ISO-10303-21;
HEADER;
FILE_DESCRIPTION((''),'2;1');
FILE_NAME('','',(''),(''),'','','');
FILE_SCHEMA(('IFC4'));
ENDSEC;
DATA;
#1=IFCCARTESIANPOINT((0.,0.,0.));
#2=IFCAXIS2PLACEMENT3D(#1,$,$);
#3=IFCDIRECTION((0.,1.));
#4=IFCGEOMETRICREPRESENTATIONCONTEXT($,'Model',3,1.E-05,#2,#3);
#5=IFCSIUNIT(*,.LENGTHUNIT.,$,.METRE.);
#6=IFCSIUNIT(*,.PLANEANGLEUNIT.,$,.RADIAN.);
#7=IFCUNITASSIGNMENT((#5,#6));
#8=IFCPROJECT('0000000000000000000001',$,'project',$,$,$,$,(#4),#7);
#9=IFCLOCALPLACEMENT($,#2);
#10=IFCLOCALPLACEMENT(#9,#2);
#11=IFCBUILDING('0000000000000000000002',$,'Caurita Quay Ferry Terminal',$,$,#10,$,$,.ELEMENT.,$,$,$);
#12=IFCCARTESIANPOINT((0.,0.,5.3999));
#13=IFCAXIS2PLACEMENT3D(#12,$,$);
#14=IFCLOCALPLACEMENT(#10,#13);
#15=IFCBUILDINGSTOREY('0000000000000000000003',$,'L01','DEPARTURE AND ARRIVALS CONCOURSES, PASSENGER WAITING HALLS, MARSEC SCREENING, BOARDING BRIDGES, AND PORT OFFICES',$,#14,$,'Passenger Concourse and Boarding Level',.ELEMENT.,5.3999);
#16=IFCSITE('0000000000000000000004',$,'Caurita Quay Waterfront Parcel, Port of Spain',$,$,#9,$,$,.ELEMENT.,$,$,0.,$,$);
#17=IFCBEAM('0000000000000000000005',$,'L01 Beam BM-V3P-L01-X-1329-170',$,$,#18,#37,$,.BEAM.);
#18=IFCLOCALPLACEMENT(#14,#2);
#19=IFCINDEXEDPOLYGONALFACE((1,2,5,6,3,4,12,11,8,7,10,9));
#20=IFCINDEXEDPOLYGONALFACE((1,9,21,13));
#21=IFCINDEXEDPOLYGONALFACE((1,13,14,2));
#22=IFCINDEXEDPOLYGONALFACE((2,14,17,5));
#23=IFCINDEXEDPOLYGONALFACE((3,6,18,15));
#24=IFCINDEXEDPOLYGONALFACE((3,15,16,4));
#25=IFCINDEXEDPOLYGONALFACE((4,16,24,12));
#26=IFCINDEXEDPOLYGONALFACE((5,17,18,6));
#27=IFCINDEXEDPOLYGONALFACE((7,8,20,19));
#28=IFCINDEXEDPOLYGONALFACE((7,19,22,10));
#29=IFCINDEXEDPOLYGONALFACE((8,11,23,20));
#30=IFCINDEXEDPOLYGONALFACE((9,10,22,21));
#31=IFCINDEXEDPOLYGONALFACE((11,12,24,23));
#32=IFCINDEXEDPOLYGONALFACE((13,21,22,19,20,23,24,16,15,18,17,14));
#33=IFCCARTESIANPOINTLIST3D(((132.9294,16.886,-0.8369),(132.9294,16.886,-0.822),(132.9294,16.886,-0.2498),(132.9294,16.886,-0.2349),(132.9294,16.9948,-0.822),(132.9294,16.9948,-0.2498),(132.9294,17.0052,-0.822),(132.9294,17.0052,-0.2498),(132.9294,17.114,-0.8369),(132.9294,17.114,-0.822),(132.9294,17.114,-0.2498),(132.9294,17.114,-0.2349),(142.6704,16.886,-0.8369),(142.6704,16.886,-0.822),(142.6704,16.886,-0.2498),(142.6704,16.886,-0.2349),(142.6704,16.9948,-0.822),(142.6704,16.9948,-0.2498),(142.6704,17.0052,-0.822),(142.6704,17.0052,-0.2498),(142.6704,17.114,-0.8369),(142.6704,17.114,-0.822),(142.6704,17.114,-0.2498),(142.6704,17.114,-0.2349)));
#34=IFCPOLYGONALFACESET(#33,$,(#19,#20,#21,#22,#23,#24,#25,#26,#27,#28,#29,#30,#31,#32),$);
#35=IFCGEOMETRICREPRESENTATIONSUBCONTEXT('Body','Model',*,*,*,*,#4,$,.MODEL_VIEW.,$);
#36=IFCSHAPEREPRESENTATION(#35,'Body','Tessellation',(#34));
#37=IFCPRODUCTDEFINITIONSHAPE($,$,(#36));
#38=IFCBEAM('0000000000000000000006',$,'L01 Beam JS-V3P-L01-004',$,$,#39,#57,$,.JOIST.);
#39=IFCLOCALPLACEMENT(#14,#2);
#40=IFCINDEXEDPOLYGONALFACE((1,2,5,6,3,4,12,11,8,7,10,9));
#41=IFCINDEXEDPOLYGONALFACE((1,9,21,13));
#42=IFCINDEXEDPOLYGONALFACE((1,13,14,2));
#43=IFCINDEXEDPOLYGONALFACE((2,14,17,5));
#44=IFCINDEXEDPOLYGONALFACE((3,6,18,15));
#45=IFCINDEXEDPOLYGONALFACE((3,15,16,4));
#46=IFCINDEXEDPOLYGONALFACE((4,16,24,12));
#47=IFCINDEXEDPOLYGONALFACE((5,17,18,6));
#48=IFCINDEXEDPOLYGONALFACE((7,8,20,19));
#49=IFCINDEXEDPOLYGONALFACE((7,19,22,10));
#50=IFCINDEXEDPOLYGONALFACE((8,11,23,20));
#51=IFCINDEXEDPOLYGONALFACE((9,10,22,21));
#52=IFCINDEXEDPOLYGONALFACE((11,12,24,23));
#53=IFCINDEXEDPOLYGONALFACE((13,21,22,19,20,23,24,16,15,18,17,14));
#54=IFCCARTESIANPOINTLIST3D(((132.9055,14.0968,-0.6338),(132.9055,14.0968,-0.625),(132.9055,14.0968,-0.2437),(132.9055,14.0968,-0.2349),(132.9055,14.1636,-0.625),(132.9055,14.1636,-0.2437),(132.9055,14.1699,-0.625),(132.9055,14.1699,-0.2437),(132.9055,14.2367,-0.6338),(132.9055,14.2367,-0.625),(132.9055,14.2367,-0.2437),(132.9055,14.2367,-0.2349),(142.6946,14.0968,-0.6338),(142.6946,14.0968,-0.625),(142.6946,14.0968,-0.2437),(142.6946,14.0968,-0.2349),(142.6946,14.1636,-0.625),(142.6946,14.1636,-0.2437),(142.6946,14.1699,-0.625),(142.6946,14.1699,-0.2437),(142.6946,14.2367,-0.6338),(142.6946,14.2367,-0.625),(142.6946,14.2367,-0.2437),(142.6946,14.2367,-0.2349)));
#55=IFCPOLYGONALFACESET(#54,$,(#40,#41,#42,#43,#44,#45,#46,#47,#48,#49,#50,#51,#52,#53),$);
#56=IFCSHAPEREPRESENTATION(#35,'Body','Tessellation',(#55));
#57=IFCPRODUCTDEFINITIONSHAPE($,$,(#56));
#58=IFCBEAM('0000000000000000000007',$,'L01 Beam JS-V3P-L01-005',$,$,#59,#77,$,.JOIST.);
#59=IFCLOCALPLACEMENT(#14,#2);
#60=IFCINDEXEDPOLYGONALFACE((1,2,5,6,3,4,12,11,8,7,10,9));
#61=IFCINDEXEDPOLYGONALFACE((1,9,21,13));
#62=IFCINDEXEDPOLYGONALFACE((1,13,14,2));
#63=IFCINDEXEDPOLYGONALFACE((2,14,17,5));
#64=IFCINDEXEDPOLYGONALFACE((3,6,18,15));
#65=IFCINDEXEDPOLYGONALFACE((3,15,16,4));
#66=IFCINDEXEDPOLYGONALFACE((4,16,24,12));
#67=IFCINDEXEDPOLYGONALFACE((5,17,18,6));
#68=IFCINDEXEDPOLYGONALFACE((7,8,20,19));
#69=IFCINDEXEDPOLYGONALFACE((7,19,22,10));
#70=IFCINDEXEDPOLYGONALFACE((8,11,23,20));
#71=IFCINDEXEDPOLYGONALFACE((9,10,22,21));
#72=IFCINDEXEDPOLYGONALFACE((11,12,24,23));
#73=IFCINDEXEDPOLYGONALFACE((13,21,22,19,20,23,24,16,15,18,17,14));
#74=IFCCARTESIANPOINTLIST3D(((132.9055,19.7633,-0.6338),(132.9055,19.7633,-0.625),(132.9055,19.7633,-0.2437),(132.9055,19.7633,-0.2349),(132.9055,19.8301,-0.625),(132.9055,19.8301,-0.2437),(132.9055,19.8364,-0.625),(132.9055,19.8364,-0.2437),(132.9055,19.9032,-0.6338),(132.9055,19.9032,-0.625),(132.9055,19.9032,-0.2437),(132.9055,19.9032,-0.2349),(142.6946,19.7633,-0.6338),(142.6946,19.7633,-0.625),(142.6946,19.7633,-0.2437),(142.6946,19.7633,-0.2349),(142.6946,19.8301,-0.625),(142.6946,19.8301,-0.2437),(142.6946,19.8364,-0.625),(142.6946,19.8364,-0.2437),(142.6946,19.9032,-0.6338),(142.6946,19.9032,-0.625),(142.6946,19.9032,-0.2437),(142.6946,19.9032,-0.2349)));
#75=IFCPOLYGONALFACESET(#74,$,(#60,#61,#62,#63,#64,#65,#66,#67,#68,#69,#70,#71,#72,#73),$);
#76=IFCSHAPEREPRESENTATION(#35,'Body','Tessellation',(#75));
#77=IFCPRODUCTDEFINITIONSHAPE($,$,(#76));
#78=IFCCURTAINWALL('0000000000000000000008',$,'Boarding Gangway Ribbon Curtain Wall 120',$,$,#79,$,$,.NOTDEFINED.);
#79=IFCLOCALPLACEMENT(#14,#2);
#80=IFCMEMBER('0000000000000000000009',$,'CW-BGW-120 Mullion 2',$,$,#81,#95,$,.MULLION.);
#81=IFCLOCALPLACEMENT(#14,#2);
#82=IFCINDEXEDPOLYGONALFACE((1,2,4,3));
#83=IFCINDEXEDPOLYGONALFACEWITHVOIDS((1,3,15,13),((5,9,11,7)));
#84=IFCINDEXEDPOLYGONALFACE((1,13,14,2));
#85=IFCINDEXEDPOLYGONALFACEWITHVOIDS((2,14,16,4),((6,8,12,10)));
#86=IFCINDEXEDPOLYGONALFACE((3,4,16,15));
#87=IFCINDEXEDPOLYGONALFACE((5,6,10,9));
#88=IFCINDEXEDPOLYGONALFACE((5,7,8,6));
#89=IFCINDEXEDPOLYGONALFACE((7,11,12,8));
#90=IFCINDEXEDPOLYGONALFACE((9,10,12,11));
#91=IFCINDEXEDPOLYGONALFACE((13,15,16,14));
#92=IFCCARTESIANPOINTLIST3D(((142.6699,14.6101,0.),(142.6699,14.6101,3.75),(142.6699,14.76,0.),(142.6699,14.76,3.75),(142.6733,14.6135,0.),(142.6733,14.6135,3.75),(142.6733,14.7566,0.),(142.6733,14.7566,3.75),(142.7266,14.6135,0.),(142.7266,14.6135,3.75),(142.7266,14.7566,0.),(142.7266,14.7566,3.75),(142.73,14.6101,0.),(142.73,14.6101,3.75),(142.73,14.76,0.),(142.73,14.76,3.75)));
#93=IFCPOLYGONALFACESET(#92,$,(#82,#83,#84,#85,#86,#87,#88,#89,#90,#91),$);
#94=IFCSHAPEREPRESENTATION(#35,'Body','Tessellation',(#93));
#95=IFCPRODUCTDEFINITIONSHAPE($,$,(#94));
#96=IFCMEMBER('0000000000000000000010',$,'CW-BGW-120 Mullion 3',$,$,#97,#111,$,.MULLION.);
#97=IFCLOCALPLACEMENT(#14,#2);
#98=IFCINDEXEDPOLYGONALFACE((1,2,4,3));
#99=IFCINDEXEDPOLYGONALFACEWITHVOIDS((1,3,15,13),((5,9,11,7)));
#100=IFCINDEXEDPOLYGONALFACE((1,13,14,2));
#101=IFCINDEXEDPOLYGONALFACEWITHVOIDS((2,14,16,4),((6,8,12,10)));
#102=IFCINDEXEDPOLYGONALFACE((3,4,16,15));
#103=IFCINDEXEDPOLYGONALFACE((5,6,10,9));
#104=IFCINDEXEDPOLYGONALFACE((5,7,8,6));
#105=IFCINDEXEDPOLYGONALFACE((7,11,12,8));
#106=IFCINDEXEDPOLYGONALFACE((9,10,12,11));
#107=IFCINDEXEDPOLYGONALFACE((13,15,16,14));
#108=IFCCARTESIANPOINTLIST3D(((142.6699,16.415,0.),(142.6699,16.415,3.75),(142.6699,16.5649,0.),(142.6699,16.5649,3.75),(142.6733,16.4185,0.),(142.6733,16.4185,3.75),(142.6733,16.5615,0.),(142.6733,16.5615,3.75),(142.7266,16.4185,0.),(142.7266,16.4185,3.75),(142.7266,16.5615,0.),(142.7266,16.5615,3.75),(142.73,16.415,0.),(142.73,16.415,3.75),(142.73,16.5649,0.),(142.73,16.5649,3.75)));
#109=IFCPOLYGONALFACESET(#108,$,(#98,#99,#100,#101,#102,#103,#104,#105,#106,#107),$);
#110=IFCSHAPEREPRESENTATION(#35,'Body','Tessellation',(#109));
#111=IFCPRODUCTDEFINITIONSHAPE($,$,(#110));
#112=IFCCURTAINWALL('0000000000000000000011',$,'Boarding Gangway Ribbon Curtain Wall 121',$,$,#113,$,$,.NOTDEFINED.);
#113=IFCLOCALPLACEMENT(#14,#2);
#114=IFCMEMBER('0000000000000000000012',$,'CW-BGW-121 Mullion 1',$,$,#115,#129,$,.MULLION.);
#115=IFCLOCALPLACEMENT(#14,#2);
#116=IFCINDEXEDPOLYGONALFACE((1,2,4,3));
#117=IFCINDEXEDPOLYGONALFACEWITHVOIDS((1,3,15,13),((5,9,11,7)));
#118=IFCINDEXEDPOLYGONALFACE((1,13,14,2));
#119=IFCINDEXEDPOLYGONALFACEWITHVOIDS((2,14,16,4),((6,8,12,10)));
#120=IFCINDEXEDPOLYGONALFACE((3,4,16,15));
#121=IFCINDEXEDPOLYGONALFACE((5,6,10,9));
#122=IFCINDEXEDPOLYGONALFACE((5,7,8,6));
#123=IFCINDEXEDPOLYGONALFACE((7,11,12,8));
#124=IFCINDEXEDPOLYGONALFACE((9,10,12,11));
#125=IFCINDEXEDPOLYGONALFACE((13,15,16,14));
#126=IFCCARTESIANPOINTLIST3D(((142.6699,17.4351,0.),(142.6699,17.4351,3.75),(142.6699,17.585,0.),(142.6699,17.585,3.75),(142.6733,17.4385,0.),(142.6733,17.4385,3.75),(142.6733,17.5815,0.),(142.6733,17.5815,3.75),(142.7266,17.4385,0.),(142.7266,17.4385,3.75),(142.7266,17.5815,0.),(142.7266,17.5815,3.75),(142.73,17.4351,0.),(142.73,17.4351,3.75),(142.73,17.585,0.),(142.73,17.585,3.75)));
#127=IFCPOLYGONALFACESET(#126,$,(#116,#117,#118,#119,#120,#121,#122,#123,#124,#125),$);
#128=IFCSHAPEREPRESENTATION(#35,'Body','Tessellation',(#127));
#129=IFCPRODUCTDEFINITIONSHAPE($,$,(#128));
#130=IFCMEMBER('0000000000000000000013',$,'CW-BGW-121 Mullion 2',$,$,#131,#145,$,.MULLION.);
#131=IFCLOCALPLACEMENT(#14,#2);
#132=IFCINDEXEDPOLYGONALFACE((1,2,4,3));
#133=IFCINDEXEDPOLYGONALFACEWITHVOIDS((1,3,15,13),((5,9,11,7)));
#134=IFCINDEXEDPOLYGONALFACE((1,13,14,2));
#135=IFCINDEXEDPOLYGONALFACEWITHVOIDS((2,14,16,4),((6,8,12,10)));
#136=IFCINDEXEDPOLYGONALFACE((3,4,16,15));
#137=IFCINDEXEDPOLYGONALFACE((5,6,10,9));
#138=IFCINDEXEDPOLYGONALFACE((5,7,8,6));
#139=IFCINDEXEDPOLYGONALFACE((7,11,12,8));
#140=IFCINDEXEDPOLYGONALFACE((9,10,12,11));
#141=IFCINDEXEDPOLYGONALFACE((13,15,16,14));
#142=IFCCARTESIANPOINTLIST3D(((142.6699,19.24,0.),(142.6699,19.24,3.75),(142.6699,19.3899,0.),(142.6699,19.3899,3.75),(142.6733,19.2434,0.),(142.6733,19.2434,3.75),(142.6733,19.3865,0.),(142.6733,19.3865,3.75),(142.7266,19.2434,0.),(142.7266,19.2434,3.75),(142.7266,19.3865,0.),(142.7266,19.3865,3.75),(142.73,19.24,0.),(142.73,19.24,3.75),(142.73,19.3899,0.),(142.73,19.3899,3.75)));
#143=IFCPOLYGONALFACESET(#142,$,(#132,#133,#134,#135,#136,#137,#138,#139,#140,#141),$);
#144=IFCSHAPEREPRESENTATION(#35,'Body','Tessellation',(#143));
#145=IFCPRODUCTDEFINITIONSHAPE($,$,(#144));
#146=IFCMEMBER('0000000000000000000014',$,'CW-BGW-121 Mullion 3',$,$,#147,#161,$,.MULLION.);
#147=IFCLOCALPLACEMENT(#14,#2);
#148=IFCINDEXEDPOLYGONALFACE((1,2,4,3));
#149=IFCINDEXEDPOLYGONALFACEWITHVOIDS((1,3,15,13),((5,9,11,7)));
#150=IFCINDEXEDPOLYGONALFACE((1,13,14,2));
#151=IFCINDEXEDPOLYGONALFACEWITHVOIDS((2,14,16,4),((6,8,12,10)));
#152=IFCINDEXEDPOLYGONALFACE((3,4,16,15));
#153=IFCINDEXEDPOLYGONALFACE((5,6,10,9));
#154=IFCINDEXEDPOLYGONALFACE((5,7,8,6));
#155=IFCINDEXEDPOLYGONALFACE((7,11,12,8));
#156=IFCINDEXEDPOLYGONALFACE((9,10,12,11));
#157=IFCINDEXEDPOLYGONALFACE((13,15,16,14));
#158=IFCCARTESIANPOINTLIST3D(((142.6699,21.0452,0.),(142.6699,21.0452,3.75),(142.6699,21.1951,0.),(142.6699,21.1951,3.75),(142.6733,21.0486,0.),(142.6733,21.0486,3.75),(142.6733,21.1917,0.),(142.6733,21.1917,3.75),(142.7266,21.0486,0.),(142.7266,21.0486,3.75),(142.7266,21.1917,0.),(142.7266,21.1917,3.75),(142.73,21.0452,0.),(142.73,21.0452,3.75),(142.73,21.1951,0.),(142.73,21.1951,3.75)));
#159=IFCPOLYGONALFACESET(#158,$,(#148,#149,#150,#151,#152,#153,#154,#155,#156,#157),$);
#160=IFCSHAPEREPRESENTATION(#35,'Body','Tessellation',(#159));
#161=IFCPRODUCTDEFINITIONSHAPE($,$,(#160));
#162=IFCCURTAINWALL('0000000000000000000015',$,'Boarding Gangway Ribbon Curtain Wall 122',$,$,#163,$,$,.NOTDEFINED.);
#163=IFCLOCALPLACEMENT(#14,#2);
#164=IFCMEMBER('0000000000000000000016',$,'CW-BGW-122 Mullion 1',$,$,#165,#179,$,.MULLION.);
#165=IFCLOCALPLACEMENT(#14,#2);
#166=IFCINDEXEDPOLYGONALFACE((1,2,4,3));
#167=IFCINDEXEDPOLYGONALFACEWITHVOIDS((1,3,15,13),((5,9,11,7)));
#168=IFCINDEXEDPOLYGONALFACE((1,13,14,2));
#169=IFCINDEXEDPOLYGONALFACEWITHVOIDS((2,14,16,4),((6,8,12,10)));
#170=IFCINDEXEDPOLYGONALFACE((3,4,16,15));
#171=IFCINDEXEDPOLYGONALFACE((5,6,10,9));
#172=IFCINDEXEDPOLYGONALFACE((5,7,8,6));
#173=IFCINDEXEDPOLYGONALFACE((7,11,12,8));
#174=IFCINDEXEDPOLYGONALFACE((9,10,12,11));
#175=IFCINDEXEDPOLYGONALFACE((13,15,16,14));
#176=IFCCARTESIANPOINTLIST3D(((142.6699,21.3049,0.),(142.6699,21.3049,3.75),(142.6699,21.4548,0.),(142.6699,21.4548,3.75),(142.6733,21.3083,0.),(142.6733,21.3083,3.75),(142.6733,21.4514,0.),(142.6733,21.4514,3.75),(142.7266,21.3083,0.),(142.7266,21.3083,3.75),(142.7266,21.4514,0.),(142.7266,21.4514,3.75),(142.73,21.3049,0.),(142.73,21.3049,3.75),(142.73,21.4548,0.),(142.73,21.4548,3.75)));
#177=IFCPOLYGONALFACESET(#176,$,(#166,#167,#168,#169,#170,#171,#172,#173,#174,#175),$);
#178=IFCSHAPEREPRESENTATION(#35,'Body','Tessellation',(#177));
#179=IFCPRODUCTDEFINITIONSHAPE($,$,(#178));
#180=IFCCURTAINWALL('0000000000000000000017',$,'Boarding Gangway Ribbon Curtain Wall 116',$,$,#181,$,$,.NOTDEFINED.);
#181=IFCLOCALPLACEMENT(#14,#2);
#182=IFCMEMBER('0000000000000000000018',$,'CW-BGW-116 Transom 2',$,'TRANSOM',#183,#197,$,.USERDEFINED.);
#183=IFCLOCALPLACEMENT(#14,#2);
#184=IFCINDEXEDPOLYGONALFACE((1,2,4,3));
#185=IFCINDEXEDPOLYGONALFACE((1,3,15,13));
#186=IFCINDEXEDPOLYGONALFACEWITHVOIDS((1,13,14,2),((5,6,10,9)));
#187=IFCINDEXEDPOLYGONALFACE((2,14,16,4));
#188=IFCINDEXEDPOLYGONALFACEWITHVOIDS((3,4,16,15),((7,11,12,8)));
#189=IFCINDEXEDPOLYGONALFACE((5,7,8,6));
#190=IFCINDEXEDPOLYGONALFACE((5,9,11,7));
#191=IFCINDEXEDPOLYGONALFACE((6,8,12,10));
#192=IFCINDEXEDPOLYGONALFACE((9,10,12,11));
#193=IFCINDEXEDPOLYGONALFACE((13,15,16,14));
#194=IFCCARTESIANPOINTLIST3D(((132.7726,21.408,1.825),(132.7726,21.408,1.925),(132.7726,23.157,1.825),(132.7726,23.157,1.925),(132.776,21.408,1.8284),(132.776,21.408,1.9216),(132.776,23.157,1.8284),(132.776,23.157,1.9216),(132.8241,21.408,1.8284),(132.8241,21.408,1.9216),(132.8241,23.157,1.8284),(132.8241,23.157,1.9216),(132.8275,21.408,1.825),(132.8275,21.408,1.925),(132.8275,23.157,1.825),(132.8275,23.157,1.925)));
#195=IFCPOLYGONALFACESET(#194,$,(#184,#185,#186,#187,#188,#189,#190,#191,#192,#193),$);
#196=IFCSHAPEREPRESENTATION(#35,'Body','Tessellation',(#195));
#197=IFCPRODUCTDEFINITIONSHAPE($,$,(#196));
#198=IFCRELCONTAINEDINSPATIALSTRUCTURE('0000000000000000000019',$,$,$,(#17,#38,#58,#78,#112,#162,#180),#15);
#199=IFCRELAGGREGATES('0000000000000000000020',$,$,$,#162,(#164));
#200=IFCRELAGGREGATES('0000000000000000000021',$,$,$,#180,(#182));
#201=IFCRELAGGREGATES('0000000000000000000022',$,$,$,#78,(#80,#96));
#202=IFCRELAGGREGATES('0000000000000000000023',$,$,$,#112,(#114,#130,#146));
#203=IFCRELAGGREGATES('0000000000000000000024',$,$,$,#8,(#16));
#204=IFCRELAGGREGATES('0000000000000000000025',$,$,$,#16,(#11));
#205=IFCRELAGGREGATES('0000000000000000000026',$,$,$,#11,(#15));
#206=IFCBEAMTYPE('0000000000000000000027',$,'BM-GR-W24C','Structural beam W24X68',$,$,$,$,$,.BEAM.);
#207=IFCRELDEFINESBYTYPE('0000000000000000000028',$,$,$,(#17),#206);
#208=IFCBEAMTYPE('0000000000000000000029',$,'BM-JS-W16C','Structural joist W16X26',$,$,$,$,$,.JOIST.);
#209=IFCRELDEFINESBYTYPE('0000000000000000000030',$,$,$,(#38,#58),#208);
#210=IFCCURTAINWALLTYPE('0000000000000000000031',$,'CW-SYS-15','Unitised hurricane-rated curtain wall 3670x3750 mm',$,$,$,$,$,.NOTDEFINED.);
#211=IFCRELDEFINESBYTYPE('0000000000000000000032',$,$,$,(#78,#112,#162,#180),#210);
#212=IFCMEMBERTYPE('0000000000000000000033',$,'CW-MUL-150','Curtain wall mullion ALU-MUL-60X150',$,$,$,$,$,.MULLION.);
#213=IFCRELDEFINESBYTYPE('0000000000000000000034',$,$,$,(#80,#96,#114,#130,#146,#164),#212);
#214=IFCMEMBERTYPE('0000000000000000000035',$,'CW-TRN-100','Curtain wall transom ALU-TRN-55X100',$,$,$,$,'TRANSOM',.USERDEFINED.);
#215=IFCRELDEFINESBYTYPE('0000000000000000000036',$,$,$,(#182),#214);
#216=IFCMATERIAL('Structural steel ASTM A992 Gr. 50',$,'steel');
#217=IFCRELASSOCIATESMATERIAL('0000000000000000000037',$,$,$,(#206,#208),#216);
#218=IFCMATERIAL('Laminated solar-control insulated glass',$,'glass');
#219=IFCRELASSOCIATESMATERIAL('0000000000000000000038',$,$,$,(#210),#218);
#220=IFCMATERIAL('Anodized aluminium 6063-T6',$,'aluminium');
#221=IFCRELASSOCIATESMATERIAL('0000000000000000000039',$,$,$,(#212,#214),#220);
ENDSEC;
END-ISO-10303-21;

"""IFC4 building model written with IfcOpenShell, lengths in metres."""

from ifc_helpers import new_model, si_unit, direction, frame, origin, origin_2d, place, context, subcontext, project, spatial, hollow_rectangle, i_section, extrude, material, material_profile, profile_set, type_object, element, aggregate, save


model = new_model("IFC4")

# Units and contexts
model_context = context("Model", 3, precision=1e-05, world=origin(), true_north=direction((0.0, 1.0)))
body_context = subcontext(model_context, "Body", "Model", "MODEL_VIEW")
ifc_project = project(units=[si_unit("LENGTHUNIT", "METRE"), si_unit("PLANEANGLEUNIT", "RADIAN")], contexts=[model_context])

# Site, building, storey
site_placement = place(None, origin())
site = spatial("IfcSite", under=ifc_project, at=site_placement, Name="Caurita Quay Waterfront Parcel, Port of Spain", CompositionType="ELEMENT", RefElevation=0.0)
building_placement = place(site_placement, origin())
building = spatial("IfcBuilding", under=site, at=building_placement, Name="Caurita Quay Ferry Terminal", CompositionType="ELEMENT")
storey_placement = place(building_placement, frame((0.0, 0.0, 5.3999)))
storey = spatial("IfcBuildingStorey", under=building, at=storey_placement, Name="L01", Description="DEPARTURE AND ARRIVALS CONCOURSES, PASSENGER WAITING HALLS, MARSEC SCREENING, BOARDING BRIDGES, AND PORT OFFICES", LongName="Passenger Concourse and Boarding Level", CompositionType="ELEMENT", Elevation=5.3999)

# Beams
ifc_material_1 = material(Name="Structural steel ASTM A992 Gr. 50", Category="steel")
ifc_material_profile_1 = material_profile(ifc_material_1, i_section(OverallWidth=0.228, OverallDepth=0.6021, WebThickness=0.0105, FlangeThickness=0.0149, at=origin_2d()), Name="W24X68")
ifc_profile_set_1 = profile_set([ifc_material_profile_1], Name="Structural steel ASTM A992 Gr. 50")
beam_type_1 = type_object("IfcBeamType", Name="BM-GR-W24C", Description="Structural beam W24X68", PredefinedType="BEAM", material=ifc_profile_set_1)
beam_placement = place(storey_placement, frame((132.9294, 17.0, -0.5359), z_axis=(1.0, 0.0, 0.0), x_axis=(0.0, 1.0, 0.0)))
element("IfcBeam", 1, at=beam_placement, inside=storey, type_object=beam_type_1, Name="L01 Beam BM-V3P-L01-X-1329-170", PredefinedType="BEAM", context=body_context, shape_type="SweptSolid", body=[
    extrude(i_section(OverallWidth=0.228, OverallDepth=0.6021, WebThickness=0.0105, FlangeThickness=0.0149, at=origin_2d()), origin(), (0.0, 0.0, 1.0), 9.741),
])
ifc_material_profile_2 = material_profile(ifc_material_1, i_section(OverallWidth=0.1399, OverallDepth=0.3989, WebThickness=0.0063, FlangeThickness=0.0088, at=origin_2d()), Name="W16X26")
ifc_profile_set_2 = profile_set([ifc_material_profile_2], Name="Structural steel ASTM A992 Gr. 50")
beam_type_2 = type_object("IfcBeamType", Name="BM-JS-W16C", Description="Structural joist W16X26", PredefinedType="JOIST", material=ifc_profile_set_2)
for number, where, z_axis, x_axis, name in (
    (2, (132.9055, 14.1667, -0.4343), (1.0, 0.0, 0.0), (0.0, 1.0, 0.0), "L01 Beam JS-V3P-L01-004"),
    (3, (132.9055, 19.8333, -0.4343), (1.0, 0.0, 0.0), (0.0, 1.0, 0.0), "L01 Beam JS-V3P-L01-005"),
):
    element("IfcBeam", number, at=place(storey_placement, frame(where, z_axis=z_axis, x_axis=x_axis)), inside=storey, type_object=beam_type_2, Name=name, PredefinedType="JOIST", context=body_context, shape_type="SweptSolid", body=[
        extrude(i_section(OverallWidth=0.1399, OverallDepth=0.3989, WebThickness=0.0063, FlangeThickness=0.0088, at=origin_2d()), origin(), (0.0, 0.0, 1.0), 9.7891),
    ])

# Curtain walls, members
ifc_material_2 = material(Name="Laminated solar-control insulated glass", Category="glass")
curtain_wall_type = type_object("IfcCurtainWallType", Name="CW-SYS-15", Description="Unitised hurricane-rated curtain wall 3670x3750 mm", PredefinedType="NOTDEFINED", material=ifc_material_2)
curtain_wall_1_placement = place(storey_placement, origin())
curtain_wall_1 = element("IfcCurtainWall", 4, at=curtain_wall_1_placement, inside=storey, type_object=curtain_wall_type, Name="Boarding Gangway Ribbon Curtain Wall 120", PredefinedType="NOTDEFINED")
ifc_material_3 = material(Name="Anodized aluminium 6063-T6", Category="aluminium")
ifc_material_profile_3 = material_profile(ifc_material_3, hollow_rectangle(XDim=0.0601, YDim=0.1499, WallThickness=0.0034, at=origin_2d()), Name="ALU-MUL-60X150")
ifc_profile_set_3 = profile_set([ifc_material_profile_3], Name="Anodized aluminium 6063-T6")
member_type_1 = type_object("IfcMemberType", Name="CW-MUL-150", Description="Curtain wall mullion ALU-MUL-60X150", PredefinedType="MULLION", material=ifc_profile_set_3)
member_1_placement = place(storey_placement, frame((142.7, 14.6851, 0.0), z_axis=(0.0, 0.0, 1.0), x_axis=(-1.0, 0.0, 0.0)))
member_1 = element("IfcMember", 5, at=member_1_placement, type_object=member_type_1, Name="CW-BGW-120 Mullion 2", PredefinedType="MULLION", context=body_context, shape_type="SweptSolid", body=[
    extrude(hollow_rectangle(XDim=0.0601, YDim=0.1499, WallThickness=0.0034, at=origin_2d()), origin(), (0.0, 0.0, 1.0), 3.75),
])
member_2_placement = place(storey_placement, frame((142.7, 16.49, 0.0), z_axis=(0.0, 0.0, 1.0), x_axis=(-1.0, 0.0, 0.0)))
member_2 = element("IfcMember", 6, at=member_2_placement, type_object=member_type_1, Name="CW-BGW-120 Mullion 3", PredefinedType="MULLION", context=body_context, shape_type="SweptSolid", body=[
    extrude(hollow_rectangle(XDim=0.0601, YDim=0.1499, WallThickness=0.0034, at=origin_2d()), origin(), (0.0, 0.0, 1.0), 3.75),
])
curtain_wall_2_placement = place(storey_placement, origin())
curtain_wall_2 = element("IfcCurtainWall", 7, at=curtain_wall_2_placement, inside=storey, type_object=curtain_wall_type, Name="Boarding Gangway Ribbon Curtain Wall 121", PredefinedType="NOTDEFINED")
member_3_placement = place(storey_placement, frame((142.7, 17.51, 0.0), z_axis=(0.0, 0.0, 1.0), x_axis=(-1.0, 0.0, 0.0)))
member_3 = element("IfcMember", 8, at=member_3_placement, type_object=member_type_1, Name="CW-BGW-121 Mullion 1", PredefinedType="MULLION", context=body_context, shape_type="SweptSolid", body=[
    extrude(hollow_rectangle(XDim=0.0601, YDim=0.1499, WallThickness=0.0034, at=origin_2d()), origin(), (0.0, 0.0, 1.0), 3.75),
])
member_4_placement = place(storey_placement, frame((142.7, 19.3149, 0.0), z_axis=(0.0, 0.0, 1.0), x_axis=(-1.0, 0.0, 0.0)))
member_4 = element("IfcMember", 9, at=member_4_placement, type_object=member_type_1, Name="CW-BGW-121 Mullion 2", PredefinedType="MULLION", context=body_context, shape_type="SweptSolid", body=[
    extrude(hollow_rectangle(XDim=0.0601, YDim=0.1499, WallThickness=0.0034, at=origin_2d()), origin(), (0.0, 0.0, 1.0), 3.75),
])
member_5_placement = place(storey_placement, frame((142.7, 21.1201, 0.0), z_axis=(0.0, 0.0, 1.0), x_axis=(-1.0, 0.0, 0.0)))
member_5 = element("IfcMember", 10, at=member_5_placement, type_object=member_type_1, Name="CW-BGW-121 Mullion 3", PredefinedType="MULLION", context=body_context, shape_type="SweptSolid", body=[
    extrude(hollow_rectangle(XDim=0.0601, YDim=0.1499, WallThickness=0.0034, at=origin_2d()), origin(), (0.0, 0.0, 1.0), 3.75),
])

# Curtain walls, members
curtain_wall_3_placement = place(storey_placement, origin())
curtain_wall_3 = element("IfcCurtainWall", 11, at=curtain_wall_3_placement, inside=storey, type_object=curtain_wall_type, Name="Boarding Gangway Ribbon Curtain Wall 122", PredefinedType="NOTDEFINED")
member_6_placement = place(storey_placement, frame((142.7, 21.3799, 0.0), z_axis=(0.0, 0.0, 1.0), x_axis=(-1.0, 0.0, 0.0)))
member_6 = element("IfcMember", 12, at=member_6_placement, type_object=member_type_1, Name="CW-BGW-122 Mullion 1", PredefinedType="MULLION", context=body_context, shape_type="SweptSolid", body=[
    extrude(hollow_rectangle(XDim=0.0601, YDim=0.1499, WallThickness=0.0034, at=origin_2d()), origin(), (0.0, 0.0, 1.0), 3.75),
])
aggregate(curtain_wall_3, [member_6])
curtain_wall_4_placement = place(storey_placement, origin())
curtain_wall_4 = element("IfcCurtainWall", 13, at=curtain_wall_4_placement, inside=storey, type_object=curtain_wall_type, Name="Boarding Gangway Ribbon Curtain Wall 116", PredefinedType="NOTDEFINED")
ifc_material_profile_4 = material_profile(ifc_material_3, hollow_rectangle(XDim=0.0549, YDim=0.1001, WallThickness=0.0034, at=origin_2d()), Name="ALU-TRN-55X100")
ifc_profile_set_4 = profile_set([ifc_material_profile_4], Name="Anodized aluminium 6063-T6")
member_type_2 = type_object("IfcMemberType", Name="CW-TRN-100", Description="Curtain wall transom ALU-TRN-55X100", ElementType="TRANSOM", PredefinedType="USERDEFINED", material=ifc_profile_set_4)
member_7_placement = place(storey_placement, frame((132.8, 21.408, 1.875), z_axis=(0.0, 1.0, 0.0), x_axis=(-1.0, 0.0, 0.0)))
member_7 = element("IfcMember", 14, at=member_7_placement, type_object=member_type_2, Name="CW-BGW-116 Transom 2", ObjectType="TRANSOM", PredefinedType="USERDEFINED", context=body_context, shape_type="SweptSolid", body=[
    extrude(hollow_rectangle(XDim=0.0549, YDim=0.1001, WallThickness=0.0034, at=origin_2d()), origin(), (0.0, 0.0, 1.0), 1.749),
])
aggregate(curtain_wall_4, [member_7])

aggregate(curtain_wall_1, [member_1, member_2])
aggregate(curtain_wall_2, [member_3, member_4, member_5])

save(model, "model.ifc")
